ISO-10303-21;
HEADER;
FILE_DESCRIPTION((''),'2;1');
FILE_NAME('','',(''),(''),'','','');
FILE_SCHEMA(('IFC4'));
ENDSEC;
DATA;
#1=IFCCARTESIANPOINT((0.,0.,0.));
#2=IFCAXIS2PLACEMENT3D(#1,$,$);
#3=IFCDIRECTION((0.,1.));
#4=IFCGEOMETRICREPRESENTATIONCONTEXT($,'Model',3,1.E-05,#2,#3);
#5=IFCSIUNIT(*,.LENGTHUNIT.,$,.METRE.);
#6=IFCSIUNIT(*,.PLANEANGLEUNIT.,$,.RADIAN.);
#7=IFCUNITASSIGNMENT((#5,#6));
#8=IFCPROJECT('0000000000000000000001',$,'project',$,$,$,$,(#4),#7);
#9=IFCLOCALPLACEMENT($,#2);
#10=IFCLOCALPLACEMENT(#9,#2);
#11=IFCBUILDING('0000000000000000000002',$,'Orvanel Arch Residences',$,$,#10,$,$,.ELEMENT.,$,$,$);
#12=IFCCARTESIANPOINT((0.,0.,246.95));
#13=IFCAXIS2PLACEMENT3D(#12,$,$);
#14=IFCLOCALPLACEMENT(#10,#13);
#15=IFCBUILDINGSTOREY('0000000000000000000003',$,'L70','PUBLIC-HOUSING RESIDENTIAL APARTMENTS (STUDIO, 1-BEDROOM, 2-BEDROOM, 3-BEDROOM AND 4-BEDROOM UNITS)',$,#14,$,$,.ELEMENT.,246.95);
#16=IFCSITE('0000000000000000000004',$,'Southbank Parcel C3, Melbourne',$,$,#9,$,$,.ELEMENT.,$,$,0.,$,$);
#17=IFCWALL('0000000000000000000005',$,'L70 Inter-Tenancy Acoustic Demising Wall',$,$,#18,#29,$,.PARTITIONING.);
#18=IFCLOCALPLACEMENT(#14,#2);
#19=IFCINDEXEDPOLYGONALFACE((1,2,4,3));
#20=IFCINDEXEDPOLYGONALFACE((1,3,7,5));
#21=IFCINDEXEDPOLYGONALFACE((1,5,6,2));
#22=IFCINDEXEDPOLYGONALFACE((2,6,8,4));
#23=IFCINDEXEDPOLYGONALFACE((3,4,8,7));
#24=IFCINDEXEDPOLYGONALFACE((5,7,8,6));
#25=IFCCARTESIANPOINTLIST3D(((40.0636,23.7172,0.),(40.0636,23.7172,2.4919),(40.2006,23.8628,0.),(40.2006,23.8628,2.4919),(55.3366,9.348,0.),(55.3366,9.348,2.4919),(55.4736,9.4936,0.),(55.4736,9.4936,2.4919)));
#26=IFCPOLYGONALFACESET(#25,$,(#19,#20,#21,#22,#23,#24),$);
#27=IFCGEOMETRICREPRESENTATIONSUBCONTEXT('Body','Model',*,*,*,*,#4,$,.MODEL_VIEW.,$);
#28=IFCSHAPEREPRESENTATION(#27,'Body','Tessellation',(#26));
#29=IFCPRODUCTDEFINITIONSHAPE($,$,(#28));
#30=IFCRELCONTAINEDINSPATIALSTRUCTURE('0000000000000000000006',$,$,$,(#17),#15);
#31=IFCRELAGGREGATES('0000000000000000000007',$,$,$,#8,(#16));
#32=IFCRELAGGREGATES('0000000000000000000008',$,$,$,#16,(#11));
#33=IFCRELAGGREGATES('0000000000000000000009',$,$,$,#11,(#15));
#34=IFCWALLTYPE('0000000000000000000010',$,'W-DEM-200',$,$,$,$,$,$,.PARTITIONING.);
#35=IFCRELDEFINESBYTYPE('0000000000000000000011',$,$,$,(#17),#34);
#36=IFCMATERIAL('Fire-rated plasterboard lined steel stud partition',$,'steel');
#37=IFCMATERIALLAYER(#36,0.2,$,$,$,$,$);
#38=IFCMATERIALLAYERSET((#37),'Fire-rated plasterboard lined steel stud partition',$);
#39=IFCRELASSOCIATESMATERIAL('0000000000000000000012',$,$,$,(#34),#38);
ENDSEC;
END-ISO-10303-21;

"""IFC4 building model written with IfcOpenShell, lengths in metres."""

from ifc_helpers import new_model, si_unit, direction, frame, frame_2d, origin, place, context, subcontext, project, spatial, rectangle, extrude, material, layer, layer_set, type_object, element, save


model = new_model("IFC4")

# Units and contexts
model_context = context("Model", 3, precision=1e-05, world=origin(), true_north=direction((0.0, 1.0)))
body_context = subcontext(model_context, "Body", "Model", "MODEL_VIEW")
ifc_project = project(units=[si_unit("LENGTHUNIT", "METRE"), si_unit("PLANEANGLEUNIT", "RADIAN")], contexts=[model_context])

# Site, building, storey
site_placement = place(None, origin())
site = spatial("IfcSite", under=ifc_project, at=site_placement, Name="Southbank Parcel C3, Melbourne", CompositionType="ELEMENT", RefElevation=0.0)
building_placement = place(site_placement, origin())
building = spatial("IfcBuilding", under=site, at=building_placement, Name="Orvanel Arch Residences", CompositionType="ELEMENT")
storey_placement = place(building_placement, frame((0.0, 0.0, 246.95)))
storey = spatial("IfcBuildingStorey", under=building, at=storey_placement, Name="L70", Description="PUBLIC-HOUSING RESIDENTIAL APARTMENTS (STUDIO, 1-BEDROOM, 2-BEDROOM, 3-BEDROOM AND 4-BEDROOM UNITS)", CompositionType="ELEMENT", Elevation=246.95)

# Wall
ifc_material_1 = material(Name="Fire-rated plasterboard lined steel stud partition", Category="steel")
ifc_layer_1 = layer(ifc_material_1, 0.2)
ifc_layer_set_1 = layer_set([ifc_layer_1], Name="Fire-rated plasterboard lined steel stud partition")
wall_type = type_object("IfcWallType", Name="W-DEM-200", PredefinedType="PARTITIONING", material=ifc_layer_set_1)
wall_placement = place(storey_placement, frame((55.405, 9.4209, 0.0), z_axis=(0.0, 0.0, 1.0), x_axis=(-0.728328, 0.685228, 0.0)))
element("IfcWall", 1, at=wall_placement, inside=storey, type_object=wall_type, Name="L70 Inter-Tenancy Acoustic Demising Wall", PredefinedType="PARTITIONING", context=body_context, shape_type="SweptSolid", body=[
    extrude(rectangle(XDim=20.97, YDim=0.2, at=frame_2d((10.4849, 0.0))), origin(), (0.0, 0.0, 1.0), 2.4919),
])

save(model, "model.ifc")
